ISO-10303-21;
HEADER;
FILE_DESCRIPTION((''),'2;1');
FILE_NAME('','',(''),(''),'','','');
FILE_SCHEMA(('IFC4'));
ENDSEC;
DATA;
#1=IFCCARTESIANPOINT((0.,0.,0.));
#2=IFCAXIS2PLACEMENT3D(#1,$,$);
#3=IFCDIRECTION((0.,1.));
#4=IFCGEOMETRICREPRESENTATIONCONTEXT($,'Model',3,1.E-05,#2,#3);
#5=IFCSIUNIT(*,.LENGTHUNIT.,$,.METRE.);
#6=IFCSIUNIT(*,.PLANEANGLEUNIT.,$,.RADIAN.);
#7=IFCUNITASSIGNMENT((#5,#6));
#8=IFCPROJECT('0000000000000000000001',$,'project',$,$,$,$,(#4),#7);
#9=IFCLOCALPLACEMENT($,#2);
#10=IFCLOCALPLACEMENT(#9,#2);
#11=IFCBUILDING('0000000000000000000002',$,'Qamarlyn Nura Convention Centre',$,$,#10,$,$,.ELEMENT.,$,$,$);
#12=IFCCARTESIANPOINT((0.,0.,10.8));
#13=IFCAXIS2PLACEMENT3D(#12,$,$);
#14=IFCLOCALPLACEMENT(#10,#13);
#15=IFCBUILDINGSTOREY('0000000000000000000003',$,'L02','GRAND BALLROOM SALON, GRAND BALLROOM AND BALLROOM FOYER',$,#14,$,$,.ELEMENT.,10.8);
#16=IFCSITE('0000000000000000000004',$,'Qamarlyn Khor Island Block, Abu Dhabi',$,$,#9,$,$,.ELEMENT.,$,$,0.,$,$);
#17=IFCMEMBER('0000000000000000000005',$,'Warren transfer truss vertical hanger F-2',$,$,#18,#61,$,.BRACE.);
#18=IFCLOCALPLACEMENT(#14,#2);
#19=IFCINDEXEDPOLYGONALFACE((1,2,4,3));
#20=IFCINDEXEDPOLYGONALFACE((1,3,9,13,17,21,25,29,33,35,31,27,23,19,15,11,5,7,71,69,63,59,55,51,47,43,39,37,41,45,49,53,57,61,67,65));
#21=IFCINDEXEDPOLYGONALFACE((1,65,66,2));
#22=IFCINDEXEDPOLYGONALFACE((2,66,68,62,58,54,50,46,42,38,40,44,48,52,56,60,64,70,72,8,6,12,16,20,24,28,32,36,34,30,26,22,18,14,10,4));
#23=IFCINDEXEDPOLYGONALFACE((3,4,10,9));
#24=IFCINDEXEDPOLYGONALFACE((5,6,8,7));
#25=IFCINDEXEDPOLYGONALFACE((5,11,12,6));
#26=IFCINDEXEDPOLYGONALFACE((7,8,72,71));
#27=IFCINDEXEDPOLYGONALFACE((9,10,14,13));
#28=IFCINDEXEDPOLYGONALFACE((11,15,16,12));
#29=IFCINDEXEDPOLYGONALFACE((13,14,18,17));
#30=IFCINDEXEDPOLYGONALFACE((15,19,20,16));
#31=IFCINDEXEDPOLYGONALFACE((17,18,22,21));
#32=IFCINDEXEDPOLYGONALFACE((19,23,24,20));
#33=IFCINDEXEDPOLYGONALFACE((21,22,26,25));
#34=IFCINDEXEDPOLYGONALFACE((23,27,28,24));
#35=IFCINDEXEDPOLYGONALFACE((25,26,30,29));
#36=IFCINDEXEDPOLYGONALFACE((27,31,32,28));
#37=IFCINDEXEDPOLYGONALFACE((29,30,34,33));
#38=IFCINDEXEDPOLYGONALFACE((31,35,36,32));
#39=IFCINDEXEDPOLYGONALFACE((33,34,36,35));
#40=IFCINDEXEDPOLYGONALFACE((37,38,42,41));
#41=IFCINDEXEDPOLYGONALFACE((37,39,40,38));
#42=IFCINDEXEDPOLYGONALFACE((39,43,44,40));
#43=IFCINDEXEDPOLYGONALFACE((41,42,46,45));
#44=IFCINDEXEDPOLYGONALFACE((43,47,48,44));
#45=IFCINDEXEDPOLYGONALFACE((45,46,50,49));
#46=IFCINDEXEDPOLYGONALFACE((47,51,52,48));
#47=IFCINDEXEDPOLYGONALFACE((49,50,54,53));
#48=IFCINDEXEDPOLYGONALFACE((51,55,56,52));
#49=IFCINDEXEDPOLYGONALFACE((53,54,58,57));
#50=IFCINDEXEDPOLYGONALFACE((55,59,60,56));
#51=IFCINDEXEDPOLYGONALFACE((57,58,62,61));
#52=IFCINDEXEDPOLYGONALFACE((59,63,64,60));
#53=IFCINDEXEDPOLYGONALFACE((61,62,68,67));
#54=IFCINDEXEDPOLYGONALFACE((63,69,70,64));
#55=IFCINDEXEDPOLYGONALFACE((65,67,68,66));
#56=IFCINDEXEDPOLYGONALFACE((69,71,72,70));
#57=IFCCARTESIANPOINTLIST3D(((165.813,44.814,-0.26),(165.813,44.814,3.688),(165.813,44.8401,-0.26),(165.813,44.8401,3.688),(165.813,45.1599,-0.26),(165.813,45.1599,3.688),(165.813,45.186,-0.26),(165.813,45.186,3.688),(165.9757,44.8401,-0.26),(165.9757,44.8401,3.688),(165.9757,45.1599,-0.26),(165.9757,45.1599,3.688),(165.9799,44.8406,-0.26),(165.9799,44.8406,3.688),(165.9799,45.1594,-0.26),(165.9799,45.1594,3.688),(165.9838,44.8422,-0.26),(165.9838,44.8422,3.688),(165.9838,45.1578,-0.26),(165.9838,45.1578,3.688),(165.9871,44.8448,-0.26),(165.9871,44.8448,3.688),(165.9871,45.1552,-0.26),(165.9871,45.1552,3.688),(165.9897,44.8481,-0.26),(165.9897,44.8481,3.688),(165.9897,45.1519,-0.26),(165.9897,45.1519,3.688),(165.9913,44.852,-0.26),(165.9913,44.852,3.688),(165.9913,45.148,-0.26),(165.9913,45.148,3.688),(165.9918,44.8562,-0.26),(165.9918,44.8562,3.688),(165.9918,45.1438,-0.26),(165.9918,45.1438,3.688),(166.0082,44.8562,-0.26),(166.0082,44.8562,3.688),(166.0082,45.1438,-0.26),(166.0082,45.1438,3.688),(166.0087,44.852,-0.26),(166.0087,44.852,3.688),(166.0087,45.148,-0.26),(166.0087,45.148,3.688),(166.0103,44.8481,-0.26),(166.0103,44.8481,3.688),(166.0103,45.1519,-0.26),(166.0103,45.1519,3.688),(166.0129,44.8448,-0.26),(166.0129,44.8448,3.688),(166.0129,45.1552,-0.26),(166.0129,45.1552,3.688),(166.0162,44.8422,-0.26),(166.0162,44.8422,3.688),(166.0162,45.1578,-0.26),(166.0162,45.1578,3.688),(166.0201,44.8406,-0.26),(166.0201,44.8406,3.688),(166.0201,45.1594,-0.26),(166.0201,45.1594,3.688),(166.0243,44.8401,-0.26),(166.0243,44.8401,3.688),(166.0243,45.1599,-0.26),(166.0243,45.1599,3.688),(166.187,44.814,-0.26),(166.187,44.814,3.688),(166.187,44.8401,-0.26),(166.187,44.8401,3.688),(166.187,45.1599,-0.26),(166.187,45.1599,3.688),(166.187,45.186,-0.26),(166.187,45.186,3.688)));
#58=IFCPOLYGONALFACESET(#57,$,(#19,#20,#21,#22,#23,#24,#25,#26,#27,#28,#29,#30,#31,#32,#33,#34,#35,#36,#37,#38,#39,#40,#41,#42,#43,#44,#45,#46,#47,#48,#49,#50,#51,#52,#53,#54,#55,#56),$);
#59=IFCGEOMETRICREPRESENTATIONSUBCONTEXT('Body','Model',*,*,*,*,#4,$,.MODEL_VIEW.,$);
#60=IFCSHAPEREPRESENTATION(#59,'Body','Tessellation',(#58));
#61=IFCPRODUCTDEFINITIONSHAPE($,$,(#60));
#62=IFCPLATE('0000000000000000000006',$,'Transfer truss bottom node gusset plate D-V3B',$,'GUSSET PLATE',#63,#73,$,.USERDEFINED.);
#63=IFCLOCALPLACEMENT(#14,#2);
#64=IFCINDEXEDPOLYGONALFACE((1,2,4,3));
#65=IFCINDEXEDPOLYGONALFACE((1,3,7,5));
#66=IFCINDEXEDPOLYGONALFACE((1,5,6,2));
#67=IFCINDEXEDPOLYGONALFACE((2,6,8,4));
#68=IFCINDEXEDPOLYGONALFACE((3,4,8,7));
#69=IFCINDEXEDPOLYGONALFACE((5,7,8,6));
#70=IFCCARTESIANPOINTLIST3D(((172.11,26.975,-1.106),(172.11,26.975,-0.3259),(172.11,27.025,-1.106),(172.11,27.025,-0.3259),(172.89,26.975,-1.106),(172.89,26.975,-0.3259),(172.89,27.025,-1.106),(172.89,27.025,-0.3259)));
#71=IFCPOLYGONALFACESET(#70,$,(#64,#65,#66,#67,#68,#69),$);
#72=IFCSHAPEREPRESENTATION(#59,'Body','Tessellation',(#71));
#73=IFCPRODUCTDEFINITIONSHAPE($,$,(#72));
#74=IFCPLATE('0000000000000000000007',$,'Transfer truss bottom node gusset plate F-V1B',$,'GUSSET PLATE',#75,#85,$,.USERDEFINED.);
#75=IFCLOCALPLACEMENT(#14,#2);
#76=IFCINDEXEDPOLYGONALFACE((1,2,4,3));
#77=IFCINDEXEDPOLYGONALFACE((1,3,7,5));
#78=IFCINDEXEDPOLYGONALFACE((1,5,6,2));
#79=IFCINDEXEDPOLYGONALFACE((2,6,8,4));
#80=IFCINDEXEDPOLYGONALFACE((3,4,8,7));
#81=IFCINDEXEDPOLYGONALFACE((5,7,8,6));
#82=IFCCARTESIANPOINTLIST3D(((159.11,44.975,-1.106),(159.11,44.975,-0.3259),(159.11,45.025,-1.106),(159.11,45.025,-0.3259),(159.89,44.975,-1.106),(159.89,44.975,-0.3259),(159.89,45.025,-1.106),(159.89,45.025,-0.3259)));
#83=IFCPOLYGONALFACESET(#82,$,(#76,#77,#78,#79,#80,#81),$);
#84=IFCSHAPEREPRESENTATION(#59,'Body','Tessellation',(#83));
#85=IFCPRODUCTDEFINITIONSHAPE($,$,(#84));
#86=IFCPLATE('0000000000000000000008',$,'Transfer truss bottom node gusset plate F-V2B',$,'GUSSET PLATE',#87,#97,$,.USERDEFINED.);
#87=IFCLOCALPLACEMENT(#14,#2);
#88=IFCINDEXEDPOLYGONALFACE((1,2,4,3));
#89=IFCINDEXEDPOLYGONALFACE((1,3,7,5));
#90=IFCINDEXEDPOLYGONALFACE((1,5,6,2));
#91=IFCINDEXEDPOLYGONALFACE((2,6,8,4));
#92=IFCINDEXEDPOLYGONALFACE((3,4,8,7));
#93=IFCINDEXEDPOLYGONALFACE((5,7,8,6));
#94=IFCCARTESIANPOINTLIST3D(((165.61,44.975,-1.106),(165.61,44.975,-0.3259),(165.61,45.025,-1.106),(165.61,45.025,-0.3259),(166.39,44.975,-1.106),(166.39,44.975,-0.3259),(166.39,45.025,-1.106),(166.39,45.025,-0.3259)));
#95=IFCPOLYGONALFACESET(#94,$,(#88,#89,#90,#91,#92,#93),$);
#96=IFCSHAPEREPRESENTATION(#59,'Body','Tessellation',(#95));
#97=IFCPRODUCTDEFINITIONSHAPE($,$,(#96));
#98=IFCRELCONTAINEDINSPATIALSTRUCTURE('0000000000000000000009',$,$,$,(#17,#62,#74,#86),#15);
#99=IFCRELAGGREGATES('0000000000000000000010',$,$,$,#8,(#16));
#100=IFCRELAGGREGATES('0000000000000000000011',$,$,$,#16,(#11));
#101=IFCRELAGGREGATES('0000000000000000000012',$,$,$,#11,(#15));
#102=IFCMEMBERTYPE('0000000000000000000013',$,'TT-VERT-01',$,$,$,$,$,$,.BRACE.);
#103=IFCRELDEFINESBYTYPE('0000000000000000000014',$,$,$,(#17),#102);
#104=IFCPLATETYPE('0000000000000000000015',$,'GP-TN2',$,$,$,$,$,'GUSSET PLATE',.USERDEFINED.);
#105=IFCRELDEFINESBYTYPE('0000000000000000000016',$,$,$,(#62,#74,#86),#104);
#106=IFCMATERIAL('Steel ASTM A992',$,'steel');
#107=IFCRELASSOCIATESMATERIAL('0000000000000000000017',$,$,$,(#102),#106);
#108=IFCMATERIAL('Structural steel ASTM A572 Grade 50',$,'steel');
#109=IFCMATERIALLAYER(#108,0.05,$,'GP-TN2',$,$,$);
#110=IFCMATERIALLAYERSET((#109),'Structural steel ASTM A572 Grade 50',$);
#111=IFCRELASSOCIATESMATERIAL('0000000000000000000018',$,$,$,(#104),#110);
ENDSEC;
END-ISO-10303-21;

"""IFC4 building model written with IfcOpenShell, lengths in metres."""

from ifc_helpers import new_model, si_unit, direction, frame, origin, origin_2d, place, context, subcontext, project, spatial, rectangle, i_section, extrude, material, layer, layer_set, material_profile, profile_set, type_object, element, save


model = new_model("IFC4")

# Units and contexts
model_context = context("Model", 3, precision=1e-05, world=origin(), true_north=direction((0.0, 1.0)))
body_context = subcontext(model_context, "Body", "Model", "MODEL_VIEW")
ifc_project = project(units=[si_unit("LENGTHUNIT", "METRE"), si_unit("PLANEANGLEUNIT", "RADIAN")], contexts=[model_context])

# Site, building, storey
site_placement = place(None, origin())
site = spatial("IfcSite", under=ifc_project, at=site_placement, Name="Qamarlyn Khor Island Block, Abu Dhabi", CompositionType="ELEMENT", RefElevation=0.0)
building_placement = place(site_placement, origin())
building = spatial("IfcBuilding", under=site, at=building_placement, Name="Qamarlyn Nura Convention Centre", CompositionType="ELEMENT")
storey_placement = place(building_placement, frame((0.0, 0.0, 10.8)))
storey = spatial("IfcBuildingStorey", under=building, at=storey_placement, Name="L02", Description="GRAND BALLROOM SALON, GRAND BALLROOM AND BALLROOM FOYER", CompositionType="ELEMENT", Elevation=10.8)

# Shared definitions
ifc_material_1 = material(Name="Steel ASTM A992", Category="steel")

# Member
ifc_material_profile_1 = material_profile(ifc_material_1, i_section(OverallWidth=0.374, OverallDepth=0.3721, WebThickness=0.0164, FlangeThickness=0.0261, FilletRadius=0.0161, at=origin_2d()), Name="W360X196")
ifc_profile_set_1 = profile_set([ifc_material_profile_1], Name="Steel ASTM A992")
member_type_1 = type_object("IfcMemberType", Name="TT-VERT-01", PredefinedType="BRACE", material=ifc_profile_set_1)
for number, where, z_axis, x_axis, name in (
    (1, (166.0, 45.0, -0.26), (0.0, 0.0, 1.0), (1.0, 0.0, 0.0), "Warren transfer truss vertical hanger F-2"),
):
    element("IfcMember", number, at=place(storey_placement, frame(where, z_axis=z_axis, x_axis=x_axis)), inside=storey, type_object=member_type_1, Name=name, PredefinedType="BRACE", context=body_context, shape_type="SweptSolid", body=[
        extrude(i_section(OverallWidth=0.374, OverallDepth=0.3721, WebThickness=0.0164, FlangeThickness=0.0261, FilletRadius=0.0161, at=origin_2d()), origin(), (0.0, 0.0, 1.0), 3.948),
    ])

# Plates
ifc_material_2 = material(Name="Structural steel ASTM A572 Grade 50", Category="steel")
ifc_layer = layer(ifc_material_2, 0.05, Name="GP-TN2")
ifc_layer_set = layer_set([ifc_layer], Name="Structural steel ASTM A572 Grade 50")
plate_type = type_object("IfcPlateType", Name="GP-TN2", ElementType="GUSSET PLATE", PredefinedType="USERDEFINED", material=ifc_layer_set)
for number, where, z_axis, x_axis, name in (
    (2, (172.5, 27.0, -1.106), (0.0, 0.0, 1.0), (1.0, 0.0, 0.0), "Transfer truss bottom node gusset plate D-V3B"),
    (3, (159.5, 45.0, -1.106), (0.0, 0.0, 1.0), (1.0, 0.0, 0.0), "Transfer truss bottom node gusset plate F-V1B"),
    (4, (166.0, 45.0, -1.106), (0.0, 0.0, 1.0), (1.0, 0.0, 0.0), "Transfer truss bottom node gusset plate F-V2B"),
):
    element("IfcPlate", number, at=place(storey_placement, frame(where, z_axis=z_axis, x_axis=x_axis)), inside=storey, type_object=plate_type, Name=name, ObjectType="GUSSET PLATE", PredefinedType="USERDEFINED", context=body_context, shape_type="SweptSolid", body=[
        extrude(rectangle(XDim=0.78, YDim=0.05, at=origin_2d()), origin(), (0.0, 0.0, 1.0), 0.78),
    ])

save(model, "model.ifc")
